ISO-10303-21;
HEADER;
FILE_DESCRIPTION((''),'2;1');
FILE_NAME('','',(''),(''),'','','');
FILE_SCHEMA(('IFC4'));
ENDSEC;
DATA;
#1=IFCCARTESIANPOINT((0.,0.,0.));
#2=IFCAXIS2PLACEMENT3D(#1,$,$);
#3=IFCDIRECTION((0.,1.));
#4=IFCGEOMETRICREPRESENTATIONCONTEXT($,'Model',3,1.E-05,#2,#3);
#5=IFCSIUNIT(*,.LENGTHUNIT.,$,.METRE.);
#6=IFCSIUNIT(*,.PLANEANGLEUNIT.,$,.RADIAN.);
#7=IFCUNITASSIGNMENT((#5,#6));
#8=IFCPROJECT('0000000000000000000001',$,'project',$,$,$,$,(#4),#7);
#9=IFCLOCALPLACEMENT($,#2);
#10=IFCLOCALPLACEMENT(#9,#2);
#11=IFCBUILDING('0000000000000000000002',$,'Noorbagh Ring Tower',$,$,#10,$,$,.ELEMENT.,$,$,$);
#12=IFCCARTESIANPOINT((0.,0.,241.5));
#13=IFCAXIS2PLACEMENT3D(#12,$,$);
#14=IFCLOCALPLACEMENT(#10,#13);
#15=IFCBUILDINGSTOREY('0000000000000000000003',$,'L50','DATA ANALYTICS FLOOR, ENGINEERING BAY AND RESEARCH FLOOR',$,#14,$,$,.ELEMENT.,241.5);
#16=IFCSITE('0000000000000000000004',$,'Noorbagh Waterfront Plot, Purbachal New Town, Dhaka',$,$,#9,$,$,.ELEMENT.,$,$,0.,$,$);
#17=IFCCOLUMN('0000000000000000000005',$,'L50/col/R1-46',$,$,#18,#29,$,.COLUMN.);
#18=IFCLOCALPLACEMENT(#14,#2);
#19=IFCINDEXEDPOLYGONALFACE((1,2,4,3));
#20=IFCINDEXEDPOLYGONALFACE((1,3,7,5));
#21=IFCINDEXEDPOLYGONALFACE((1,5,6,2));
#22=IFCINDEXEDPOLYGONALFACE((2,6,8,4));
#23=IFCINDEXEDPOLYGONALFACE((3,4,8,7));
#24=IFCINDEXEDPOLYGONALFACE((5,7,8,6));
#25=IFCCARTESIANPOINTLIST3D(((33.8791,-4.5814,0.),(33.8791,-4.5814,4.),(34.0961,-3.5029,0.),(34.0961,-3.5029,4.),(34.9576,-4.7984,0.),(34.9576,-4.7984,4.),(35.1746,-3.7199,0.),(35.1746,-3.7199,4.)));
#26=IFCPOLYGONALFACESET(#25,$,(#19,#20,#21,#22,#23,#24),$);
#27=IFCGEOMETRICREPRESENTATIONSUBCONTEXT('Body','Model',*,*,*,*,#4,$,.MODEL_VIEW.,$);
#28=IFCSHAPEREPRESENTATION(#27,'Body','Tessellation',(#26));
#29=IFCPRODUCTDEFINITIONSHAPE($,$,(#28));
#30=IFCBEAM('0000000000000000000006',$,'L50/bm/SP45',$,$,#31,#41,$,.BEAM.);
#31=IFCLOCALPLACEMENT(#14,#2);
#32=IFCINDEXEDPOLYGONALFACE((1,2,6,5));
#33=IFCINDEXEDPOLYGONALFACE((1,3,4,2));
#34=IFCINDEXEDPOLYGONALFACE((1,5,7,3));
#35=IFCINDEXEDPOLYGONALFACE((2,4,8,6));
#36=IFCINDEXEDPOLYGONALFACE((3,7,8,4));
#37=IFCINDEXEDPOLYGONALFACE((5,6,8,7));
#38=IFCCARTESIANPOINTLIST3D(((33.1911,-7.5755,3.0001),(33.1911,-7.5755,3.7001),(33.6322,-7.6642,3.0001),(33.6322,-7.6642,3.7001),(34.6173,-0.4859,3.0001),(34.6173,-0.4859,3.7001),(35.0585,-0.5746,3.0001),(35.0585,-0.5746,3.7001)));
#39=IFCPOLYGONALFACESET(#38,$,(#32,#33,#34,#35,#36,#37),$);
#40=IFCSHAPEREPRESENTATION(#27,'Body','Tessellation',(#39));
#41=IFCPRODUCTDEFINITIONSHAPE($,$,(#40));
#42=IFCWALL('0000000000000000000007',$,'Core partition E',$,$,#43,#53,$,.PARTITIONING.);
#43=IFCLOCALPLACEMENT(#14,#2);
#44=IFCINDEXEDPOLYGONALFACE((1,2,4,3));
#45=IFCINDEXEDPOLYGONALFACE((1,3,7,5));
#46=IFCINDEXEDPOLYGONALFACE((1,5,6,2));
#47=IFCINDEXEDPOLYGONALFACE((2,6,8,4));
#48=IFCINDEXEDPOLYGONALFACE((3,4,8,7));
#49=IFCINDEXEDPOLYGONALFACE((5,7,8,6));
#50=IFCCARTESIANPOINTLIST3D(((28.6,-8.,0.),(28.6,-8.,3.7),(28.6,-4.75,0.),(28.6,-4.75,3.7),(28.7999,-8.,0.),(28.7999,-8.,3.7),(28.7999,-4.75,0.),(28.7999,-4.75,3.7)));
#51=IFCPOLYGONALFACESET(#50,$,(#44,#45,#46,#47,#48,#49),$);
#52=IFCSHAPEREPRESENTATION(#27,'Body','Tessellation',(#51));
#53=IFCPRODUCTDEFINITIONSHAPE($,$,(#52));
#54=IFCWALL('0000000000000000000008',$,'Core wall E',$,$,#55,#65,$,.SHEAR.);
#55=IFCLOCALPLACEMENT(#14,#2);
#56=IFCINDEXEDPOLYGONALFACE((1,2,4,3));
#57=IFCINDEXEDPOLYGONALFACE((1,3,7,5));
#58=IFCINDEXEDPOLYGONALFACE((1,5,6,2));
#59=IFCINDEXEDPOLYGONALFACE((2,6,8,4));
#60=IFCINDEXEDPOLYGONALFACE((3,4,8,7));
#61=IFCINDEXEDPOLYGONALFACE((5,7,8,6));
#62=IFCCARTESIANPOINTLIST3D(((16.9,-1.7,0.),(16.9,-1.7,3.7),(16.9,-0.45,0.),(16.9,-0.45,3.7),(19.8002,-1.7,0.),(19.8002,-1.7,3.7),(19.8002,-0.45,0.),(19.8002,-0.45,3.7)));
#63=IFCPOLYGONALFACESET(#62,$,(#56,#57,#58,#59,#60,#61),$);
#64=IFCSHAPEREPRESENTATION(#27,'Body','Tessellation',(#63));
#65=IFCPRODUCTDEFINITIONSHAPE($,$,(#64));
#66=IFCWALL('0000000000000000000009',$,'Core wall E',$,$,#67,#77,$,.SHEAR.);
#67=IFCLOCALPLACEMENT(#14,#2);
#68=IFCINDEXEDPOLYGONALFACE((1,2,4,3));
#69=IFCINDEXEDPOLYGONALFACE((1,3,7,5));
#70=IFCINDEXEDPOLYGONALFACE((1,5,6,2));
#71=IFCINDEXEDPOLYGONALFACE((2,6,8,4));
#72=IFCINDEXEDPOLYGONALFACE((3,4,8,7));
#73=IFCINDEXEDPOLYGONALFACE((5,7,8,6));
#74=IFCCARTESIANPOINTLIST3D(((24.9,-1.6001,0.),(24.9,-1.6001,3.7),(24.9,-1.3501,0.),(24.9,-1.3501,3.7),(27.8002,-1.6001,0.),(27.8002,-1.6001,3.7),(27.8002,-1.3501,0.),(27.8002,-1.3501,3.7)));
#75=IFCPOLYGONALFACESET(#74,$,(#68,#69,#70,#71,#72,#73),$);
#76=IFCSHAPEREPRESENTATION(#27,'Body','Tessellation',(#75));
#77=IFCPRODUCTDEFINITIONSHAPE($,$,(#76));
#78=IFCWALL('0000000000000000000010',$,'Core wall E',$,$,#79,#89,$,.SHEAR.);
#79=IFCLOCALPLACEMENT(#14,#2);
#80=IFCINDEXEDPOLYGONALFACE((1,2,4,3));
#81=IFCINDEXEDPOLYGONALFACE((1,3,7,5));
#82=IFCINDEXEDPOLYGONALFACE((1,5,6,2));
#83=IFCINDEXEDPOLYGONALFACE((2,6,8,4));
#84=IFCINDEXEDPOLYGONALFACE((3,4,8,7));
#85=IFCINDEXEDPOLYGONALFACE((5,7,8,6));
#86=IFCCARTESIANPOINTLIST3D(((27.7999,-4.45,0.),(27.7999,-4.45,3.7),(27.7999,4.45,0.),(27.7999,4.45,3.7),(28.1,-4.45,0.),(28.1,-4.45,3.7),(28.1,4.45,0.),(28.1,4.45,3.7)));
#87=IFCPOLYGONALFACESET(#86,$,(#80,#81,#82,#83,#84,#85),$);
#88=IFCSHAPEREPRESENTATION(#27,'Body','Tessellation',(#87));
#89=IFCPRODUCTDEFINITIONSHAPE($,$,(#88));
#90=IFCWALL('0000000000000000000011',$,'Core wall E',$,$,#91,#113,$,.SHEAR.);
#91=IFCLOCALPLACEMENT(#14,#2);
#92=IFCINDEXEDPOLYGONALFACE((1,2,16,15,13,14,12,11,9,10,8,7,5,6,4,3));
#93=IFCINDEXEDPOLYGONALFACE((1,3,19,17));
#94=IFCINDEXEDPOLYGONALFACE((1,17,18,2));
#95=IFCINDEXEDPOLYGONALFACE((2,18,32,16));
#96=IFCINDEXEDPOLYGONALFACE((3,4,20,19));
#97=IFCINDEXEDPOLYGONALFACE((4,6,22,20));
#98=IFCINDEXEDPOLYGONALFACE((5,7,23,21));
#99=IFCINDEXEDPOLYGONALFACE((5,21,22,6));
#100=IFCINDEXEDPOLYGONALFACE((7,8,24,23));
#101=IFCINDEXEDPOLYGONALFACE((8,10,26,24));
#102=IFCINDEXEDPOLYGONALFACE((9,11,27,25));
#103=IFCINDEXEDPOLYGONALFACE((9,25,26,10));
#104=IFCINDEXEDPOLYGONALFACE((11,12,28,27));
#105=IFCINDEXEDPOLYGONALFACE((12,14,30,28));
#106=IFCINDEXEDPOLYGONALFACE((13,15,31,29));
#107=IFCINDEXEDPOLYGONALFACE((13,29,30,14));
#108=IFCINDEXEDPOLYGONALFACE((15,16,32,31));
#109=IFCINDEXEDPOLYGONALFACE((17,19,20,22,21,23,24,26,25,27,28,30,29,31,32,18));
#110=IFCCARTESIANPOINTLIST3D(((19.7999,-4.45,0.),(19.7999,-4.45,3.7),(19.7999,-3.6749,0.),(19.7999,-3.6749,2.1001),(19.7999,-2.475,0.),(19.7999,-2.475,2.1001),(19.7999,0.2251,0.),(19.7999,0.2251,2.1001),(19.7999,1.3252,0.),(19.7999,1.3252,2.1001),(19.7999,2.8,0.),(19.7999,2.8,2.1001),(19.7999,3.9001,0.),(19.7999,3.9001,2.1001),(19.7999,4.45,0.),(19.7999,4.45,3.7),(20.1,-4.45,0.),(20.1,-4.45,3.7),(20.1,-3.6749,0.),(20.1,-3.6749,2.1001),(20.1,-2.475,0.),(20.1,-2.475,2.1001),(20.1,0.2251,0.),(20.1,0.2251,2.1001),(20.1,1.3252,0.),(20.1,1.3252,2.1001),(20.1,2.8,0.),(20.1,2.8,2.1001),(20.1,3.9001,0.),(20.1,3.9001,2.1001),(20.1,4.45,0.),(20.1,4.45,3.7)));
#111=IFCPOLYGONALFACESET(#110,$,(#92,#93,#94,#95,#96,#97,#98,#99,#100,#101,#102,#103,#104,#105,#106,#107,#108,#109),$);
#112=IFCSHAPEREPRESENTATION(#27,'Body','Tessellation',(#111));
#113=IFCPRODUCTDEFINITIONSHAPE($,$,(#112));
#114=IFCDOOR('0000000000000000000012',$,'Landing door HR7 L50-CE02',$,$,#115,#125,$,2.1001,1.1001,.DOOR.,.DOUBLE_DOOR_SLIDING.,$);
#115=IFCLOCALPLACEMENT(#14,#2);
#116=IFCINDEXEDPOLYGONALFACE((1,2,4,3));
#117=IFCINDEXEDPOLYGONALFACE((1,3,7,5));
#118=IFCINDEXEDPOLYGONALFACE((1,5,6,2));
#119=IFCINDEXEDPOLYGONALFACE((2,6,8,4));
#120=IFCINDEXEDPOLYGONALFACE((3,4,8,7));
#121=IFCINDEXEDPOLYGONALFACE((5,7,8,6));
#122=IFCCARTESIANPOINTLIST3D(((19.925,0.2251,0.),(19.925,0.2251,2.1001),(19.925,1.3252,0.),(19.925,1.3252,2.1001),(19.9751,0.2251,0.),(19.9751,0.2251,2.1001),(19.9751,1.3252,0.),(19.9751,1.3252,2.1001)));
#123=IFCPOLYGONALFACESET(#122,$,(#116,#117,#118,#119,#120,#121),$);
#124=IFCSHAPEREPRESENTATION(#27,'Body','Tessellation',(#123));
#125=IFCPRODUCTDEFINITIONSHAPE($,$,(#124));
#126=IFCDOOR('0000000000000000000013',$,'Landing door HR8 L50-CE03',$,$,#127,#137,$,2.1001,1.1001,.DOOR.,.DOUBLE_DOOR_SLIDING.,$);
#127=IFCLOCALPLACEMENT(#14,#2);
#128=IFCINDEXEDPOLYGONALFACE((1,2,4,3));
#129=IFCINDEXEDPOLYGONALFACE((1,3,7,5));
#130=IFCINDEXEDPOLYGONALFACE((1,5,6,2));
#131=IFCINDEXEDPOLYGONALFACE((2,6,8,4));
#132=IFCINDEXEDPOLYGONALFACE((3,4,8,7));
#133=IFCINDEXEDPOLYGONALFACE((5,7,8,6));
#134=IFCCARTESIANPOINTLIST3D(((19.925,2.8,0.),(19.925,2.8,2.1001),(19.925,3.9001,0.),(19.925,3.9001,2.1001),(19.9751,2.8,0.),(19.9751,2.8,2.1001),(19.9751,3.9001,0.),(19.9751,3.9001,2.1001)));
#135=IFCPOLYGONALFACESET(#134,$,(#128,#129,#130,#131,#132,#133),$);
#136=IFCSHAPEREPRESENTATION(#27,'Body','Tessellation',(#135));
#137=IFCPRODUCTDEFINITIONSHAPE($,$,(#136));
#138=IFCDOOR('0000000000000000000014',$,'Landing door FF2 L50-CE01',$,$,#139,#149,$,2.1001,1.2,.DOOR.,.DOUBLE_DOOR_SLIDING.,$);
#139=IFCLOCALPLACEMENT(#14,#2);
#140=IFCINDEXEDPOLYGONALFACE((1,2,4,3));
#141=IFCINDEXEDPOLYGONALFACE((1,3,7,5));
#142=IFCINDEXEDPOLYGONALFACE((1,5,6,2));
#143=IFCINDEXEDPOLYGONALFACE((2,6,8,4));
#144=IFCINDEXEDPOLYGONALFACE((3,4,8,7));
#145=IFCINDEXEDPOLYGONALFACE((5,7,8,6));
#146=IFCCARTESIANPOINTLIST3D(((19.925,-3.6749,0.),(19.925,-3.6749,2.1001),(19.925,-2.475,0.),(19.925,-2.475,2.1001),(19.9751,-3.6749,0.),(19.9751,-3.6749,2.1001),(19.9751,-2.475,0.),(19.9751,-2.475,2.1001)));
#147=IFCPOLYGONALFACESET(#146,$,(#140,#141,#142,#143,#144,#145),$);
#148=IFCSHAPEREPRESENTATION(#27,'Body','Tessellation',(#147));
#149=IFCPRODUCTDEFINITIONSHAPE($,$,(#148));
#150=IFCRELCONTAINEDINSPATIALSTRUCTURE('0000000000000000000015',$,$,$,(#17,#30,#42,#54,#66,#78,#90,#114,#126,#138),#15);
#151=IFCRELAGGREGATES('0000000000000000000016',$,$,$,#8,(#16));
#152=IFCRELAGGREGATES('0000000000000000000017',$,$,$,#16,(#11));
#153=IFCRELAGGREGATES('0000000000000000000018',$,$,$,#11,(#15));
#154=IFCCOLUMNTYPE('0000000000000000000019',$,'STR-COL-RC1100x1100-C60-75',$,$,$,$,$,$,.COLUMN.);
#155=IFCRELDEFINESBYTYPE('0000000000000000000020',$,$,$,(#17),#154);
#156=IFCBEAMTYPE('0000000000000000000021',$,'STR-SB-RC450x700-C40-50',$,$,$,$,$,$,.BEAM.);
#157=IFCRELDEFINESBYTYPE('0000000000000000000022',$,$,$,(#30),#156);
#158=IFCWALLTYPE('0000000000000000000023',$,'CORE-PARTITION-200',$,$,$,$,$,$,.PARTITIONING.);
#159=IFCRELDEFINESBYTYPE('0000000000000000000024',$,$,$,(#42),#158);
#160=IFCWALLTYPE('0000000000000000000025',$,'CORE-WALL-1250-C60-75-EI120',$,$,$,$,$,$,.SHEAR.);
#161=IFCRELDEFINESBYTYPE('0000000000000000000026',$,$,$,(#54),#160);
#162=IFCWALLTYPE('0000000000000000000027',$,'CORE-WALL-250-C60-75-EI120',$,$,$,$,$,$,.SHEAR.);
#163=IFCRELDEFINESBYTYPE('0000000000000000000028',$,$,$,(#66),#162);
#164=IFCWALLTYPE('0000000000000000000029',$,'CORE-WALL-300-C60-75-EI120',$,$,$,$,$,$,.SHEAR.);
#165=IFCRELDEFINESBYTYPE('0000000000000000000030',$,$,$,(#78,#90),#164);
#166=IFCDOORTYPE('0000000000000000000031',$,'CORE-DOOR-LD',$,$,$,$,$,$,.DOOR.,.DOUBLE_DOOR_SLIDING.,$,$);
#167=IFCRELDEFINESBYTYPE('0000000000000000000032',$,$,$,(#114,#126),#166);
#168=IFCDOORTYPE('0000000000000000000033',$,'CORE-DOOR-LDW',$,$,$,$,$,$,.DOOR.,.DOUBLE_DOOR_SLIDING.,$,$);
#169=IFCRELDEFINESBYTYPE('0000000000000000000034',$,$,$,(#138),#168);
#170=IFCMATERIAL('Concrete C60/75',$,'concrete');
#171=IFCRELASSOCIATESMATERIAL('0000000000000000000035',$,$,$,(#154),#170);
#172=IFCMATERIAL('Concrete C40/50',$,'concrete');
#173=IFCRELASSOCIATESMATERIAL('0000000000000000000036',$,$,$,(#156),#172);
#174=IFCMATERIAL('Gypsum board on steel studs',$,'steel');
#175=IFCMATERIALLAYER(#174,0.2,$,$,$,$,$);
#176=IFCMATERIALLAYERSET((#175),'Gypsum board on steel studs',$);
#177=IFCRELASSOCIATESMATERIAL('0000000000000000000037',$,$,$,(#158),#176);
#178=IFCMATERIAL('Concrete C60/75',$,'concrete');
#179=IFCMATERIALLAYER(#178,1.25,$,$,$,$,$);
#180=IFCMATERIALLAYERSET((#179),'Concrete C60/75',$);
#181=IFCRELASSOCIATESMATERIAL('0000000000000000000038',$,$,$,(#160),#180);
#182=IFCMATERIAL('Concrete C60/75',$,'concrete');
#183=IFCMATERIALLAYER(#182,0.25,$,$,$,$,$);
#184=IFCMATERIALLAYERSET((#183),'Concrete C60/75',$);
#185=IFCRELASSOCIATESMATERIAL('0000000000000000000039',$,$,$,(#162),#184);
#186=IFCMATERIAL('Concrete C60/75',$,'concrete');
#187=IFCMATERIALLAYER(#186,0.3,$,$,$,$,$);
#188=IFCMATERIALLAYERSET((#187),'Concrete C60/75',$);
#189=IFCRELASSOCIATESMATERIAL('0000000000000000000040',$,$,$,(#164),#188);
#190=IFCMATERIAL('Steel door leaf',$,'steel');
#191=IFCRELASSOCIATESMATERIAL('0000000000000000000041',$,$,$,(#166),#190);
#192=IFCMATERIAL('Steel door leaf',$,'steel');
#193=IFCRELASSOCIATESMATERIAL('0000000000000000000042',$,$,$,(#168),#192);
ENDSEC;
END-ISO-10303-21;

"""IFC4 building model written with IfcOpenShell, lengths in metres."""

from ifc_helpers import new_model, si_unit, direction, frame, frame_2d, origin, origin_2d, place, context, subcontext, project, spatial, rectangle, extrude, material, layer, layer_set, material_profile, profile_set, type_object, element, fill, save


model = new_model("IFC4")

# Units and contexts
model_context = context("Model", 3, precision=1e-05, world=origin(), true_north=direction((0.0, 1.0)))
body_context = subcontext(model_context, "Body", "Model", "MODEL_VIEW")
ifc_project = project(units=[si_unit("LENGTHUNIT", "METRE"), si_unit("PLANEANGLEUNIT", "RADIAN")], contexts=[model_context])

# Site, building, storey
site_placement = place(None, origin())
site = spatial("IfcSite", under=ifc_project, at=site_placement, Name="Noorbagh Waterfront Plot, Purbachal New Town, Dhaka", CompositionType="ELEMENT", RefElevation=0.0)
building_placement = place(site_placement, origin())
building = spatial("IfcBuilding", under=site, at=building_placement, Name="Noorbagh Ring Tower", CompositionType="ELEMENT")
storey_placement = place(building_placement, frame((0.0, 0.0, 241.5)))
storey = spatial("IfcBuildingStorey", under=building, at=storey_placement, Name="L50", Description="DATA ANALYTICS FLOOR, ENGINEERING BAY AND RESEARCH FLOOR", CompositionType="ELEMENT", Elevation=241.5)

# Column
ifc_material_1 = material(Name="Concrete C60/75", Category="concrete")
ifc_material_profile_1 = material_profile(ifc_material_1, rectangle(XDim=1.1001, YDim=1.1001, at=origin_2d()), Name="RC1100x1100")
ifc_profile_set_1 = profile_set([ifc_material_profile_1], Name="Concrete C60/75")
column_type = type_object("IfcColumnType", Name="STR-COL-RC1100x1100-C60-75", PredefinedType="COLUMN", material=ifc_profile_set_1)
column_placement = place(storey_placement, frame((34.5269, -4.1506, 0.0), z_axis=(0.0, 0.0, 1.0), x_axis=(0.19723, 0.980357, 0.0)))
element("IfcColumn", 1, at=column_placement, inside=storey, type_object=column_type, Name="L50/col/R1-46", PredefinedType="COLUMN", context=body_context, shape_type="SweptSolid", body=[
    extrude(rectangle(XDim=1.1001, YDim=1.1001, at=origin_2d()), origin(), (0.0, 0.0, 1.0), 4.0),
])

# Beam
ifc_material_2 = material(Name="Concrete C40/50", Category="concrete")
ifc_material_profile_2 = material_profile(ifc_material_2, rectangle(XDim=0.45, YDim=0.7, at=origin_2d()), Name="RC450x700")
ifc_profile_set_2 = profile_set([ifc_material_profile_2], Name="Concrete C40/50")
beam_type = type_object("IfcBeamType", Name="STR-SB-RC450x700-C40-50", PredefinedType="BEAM", material=ifc_profile_set_2)
beam_placement = place(storey_placement, frame((33.4116, -7.6199, 3.3501), z_axis=(0.197226, 0.980358, 0.0), x_axis=(-0.980358, 0.197226, 0.0)))
element("IfcBeam", 2, at=beam_placement, inside=storey, type_object=beam_type, Name="L50/bm/SP45", PredefinedType="BEAM", context=body_context, shape_type="SweptSolid", body=[
    extrude(rectangle(XDim=0.45, YDim=0.7, at=origin_2d()), origin(), (0.0, 0.0, 1.0), 7.2317),
])

# Walls
ifc_material_3 = material(Name="Gypsum board on steel studs", Category="steel")
ifc_layer_1 = layer(ifc_material_3, 0.2)
ifc_layer_set_1 = layer_set([ifc_layer_1], Name="Gypsum board on steel studs")
wall_type_1 = type_object("IfcWallType", Name="CORE-PARTITION-200", PredefinedType="PARTITIONING", material=ifc_layer_set_1)
wall_1_placement = place(storey_placement, frame((28.7, -8.0, 0.0), z_axis=(0.0, 0.0, 1.0), x_axis=(0.0, 1.0, 0.0)))
element("IfcWall", 3, at=wall_1_placement, inside=storey, type_object=wall_type_1, Name="Core partition E", PredefinedType="PARTITIONING", context=body_context, shape_type="SweptSolid", body=[
    extrude(rectangle(XDim=3.25, YDim=0.2, at=frame_2d((1.625, 0.0))), origin(), (0.0, 0.0, 1.0), 3.7),
])
ifc_material_4 = material(Name="Concrete C60/75", Category="concrete")
ifc_layer_2 = layer(ifc_material_4, 1.25)
ifc_layer_set_2 = layer_set([ifc_layer_2], Name="Concrete C60/75")
wall_type_2 = type_object("IfcWallType", Name="CORE-WALL-1250-C60-75-EI120", PredefinedType="SHEAR", material=ifc_layer_set_2)
wall_2_placement = place(storey_placement, frame((16.8999, -1.075, 0.0), z_axis=(0.0, 0.0, 1.0), x_axis=(1.0, 0.0, 0.0)))
element("IfcWall", 4, at=wall_2_placement, inside=storey, type_object=wall_type_2, Name="Core wall E", PredefinedType="SHEAR", context=body_context, shape_type="SweptSolid", body=[
    extrude(rectangle(XDim=2.9001, YDim=1.25, at=frame_2d((1.4502, 0.0))), origin(), (0.0, 0.0, 1.0), 3.7),
])
ifc_material_5 = material(Name="Concrete C60/75", Category="concrete")
ifc_layer_3 = layer(ifc_material_5, 0.25)
ifc_layer_set_3 = layer_set([ifc_layer_3], Name="Concrete C60/75")
wall_type_3 = type_object("IfcWallType", Name="CORE-WALL-250-C60-75-EI120", PredefinedType="SHEAR", material=ifc_layer_set_3)
wall_3_placement = place(storey_placement, frame((24.8999, -1.4751, 0.0), z_axis=(0.0, 0.0, 1.0), x_axis=(1.0, 0.0, 0.0)))
element("IfcWall", 5, at=wall_3_placement, inside=storey, type_object=wall_type_3, Name="Core wall E", PredefinedType="SHEAR", context=body_context, shape_type="SweptSolid", body=[
    extrude(rectangle(XDim=2.9001, YDim=0.25, at=frame_2d((1.4502, 0.0))), origin(), (0.0, 0.0, 1.0), 3.7),
])
ifc_material_6 = material(Name="Concrete C60/75", Category="concrete")
ifc_layer_4 = layer(ifc_material_6, 0.3)
ifc_layer_set_4 = layer_set([ifc_layer_4], Name="Concrete C60/75")
wall_type_4 = type_object("IfcWallType", Name="CORE-WALL-300-C60-75-EI120", PredefinedType="SHEAR", material=ifc_layer_set_4)
wall_4_placement = place(storey_placement, frame((27.95, -4.45, 0.0), z_axis=(0.0, 0.0, 1.0), x_axis=(0.0, 1.0, 0.0)))
element("IfcWall", 6, at=wall_4_placement, inside=storey, type_object=wall_type_4, Name="Core wall E", PredefinedType="SHEAR", context=body_context, shape_type="SweptSolid", body=[
    extrude(rectangle(XDim=8.8999, YDim=0.3, at=frame_2d((4.45, 0.0))), origin(), (0.0, 0.0, 1.0), 3.7),
])

# Wall, openings, doors
wall_5_placement = place(storey_placement, frame((19.95, -4.45, 0.0), z_axis=(0.0, 0.0, 1.0), x_axis=(0.0, 1.0, 0.0)))
wall_5 = element("IfcWall", 7, at=wall_5_placement, inside=storey, type_object=wall_type_4, Name="Core wall E", PredefinedType="SHEAR", context=body_context, shape_type="SweptSolid", body=[
    extrude(rectangle(XDim=8.8999, YDim=0.3, at=frame_2d((4.45, 0.0))), origin(), (0.0, 0.0, 1.0), 3.7),
])
opening_1_placement = place(wall_5_placement, frame((0.7749, 0.0, 0.0)))
opening_1 = element("IfcOpeningElement", 8, at=opening_1_placement, cuts=wall_5, PredefinedType="OPENING", context=body_context, shape_type="SweptSolid", body=[
    extrude(rectangle(XDim=1.2, YDim=2.1001, at=frame_2d((0.6001, 1.05))), frame((0.0, 0.1602, 0.0), z_axis=(0.0, -1.0, 0.0), x_axis=(1.0, 0.0, 0.0)), (0.0, 0.0, 1.0), 0.3201),
])
opening_2_placement = place(wall_5_placement, frame((4.675, 0.0, 0.0)))
opening_2 = element("IfcOpeningElement", 9, at=opening_2_placement, cuts=wall_5, PredefinedType="OPENING", context=body_context, shape_type="SweptSolid", body=[
    extrude(rectangle(XDim=1.1001, YDim=2.1001, at=frame_2d((0.55, 1.05))), frame((0.0, 0.1602, 0.0), z_axis=(0.0, -1.0, 0.0), x_axis=(1.0, 0.0, 0.0)), (0.0, 0.0, 1.0), 0.3201),
])
opening_3_placement = place(wall_5_placement, frame((7.25, 0.0, 0.0)))
opening_3 = element("IfcOpeningElement", 10, at=opening_3_placement, cuts=wall_5, PredefinedType="OPENING", context=body_context, shape_type="SweptSolid", body=[
    extrude(rectangle(XDim=1.1001, YDim=2.1001, at=frame_2d((0.55, 1.05))), frame((0.0, 0.1602, 0.0), z_axis=(0.0, -1.0, 0.0), x_axis=(1.0, 0.0, 0.0)), (0.0, 0.0, 1.0), 0.3201),
])
ifc_material_7 = material(Name="Steel door leaf", Category="steel")
door_type_1 = type_object("IfcDoorType", Name="CORE-DOOR-LD", OperationType="DOUBLE_DOOR_SLIDING", PredefinedType="DOOR", material=ifc_material_7)
door_1_placement = place(opening_2_placement, origin())
door_1 = element("IfcDoor", 11, at=door_1_placement, inside=storey, type_object=door_type_1, Name="Landing door HR7 L50-CE02", OperationType="DOUBLE_DOOR_SLIDING", OverallHeight=2.1001, OverallWidth=1.1001, PredefinedType="DOOR", context=body_context, shape_type="SweptSolid", body=[
    extrude(rectangle(XDim=1.1001, YDim=2.1001, at=frame_2d((0.55, 1.05))), frame((0.0, 0.0249, 0.0), z_axis=(0.0, -1.0, 0.0), x_axis=(1.0, 0.0, 0.0)), (0.0, 0.0, 1.0), 0.05),
])
fill(opening_2, door_1)
door_2_placement = place(opening_3_placement, origin())
door_2 = element("IfcDoor", 12, at=door_2_placement, inside=storey, type_object=door_type_1, Name="Landing door HR8 L50-CE03", OperationType="DOUBLE_DOOR_SLIDING", OverallHeight=2.1001, OverallWidth=1.1001, PredefinedType="DOOR", context=body_context, shape_type="SweptSolid", body=[
    extrude(rectangle(XDim=1.1001, YDim=2.1001, at=frame_2d((0.55, 1.05))), frame((0.0, 0.0249, 0.0), z_axis=(0.0, -1.0, 0.0), x_axis=(1.0, 0.0, 0.0)), (0.0, 0.0, 1.0), 0.05),
])
fill(opening_3, door_2)
ifc_material_8 = material(Name="Steel door leaf", Category="steel")
door_type_2 = type_object("IfcDoorType", Name="CORE-DOOR-LDW", OperationType="DOUBLE_DOOR_SLIDING", PredefinedType="DOOR", material=ifc_material_8)
door_3_placement = place(opening_1_placement, origin())
door_3 = element("IfcDoor", 13, at=door_3_placement, inside=storey, type_object=door_type_2, Name="Landing door FF2 L50-CE01", OperationType="DOUBLE_DOOR_SLIDING", OverallHeight=2.1001, OverallWidth=1.2, PredefinedType="DOOR", context=body_context, shape_type="SweptSolid", body=[
    extrude(rectangle(XDim=1.2, YDim=2.1001, at=frame_2d((0.6001, 1.05))), frame((0.0, 0.0249, 0.0), z_axis=(0.0, -1.0, 0.0), x_axis=(1.0, 0.0, 0.0)), (0.0, 0.0, 1.0), 0.05),
])
fill(opening_1, door_3)

save(model, "model.ifc")
